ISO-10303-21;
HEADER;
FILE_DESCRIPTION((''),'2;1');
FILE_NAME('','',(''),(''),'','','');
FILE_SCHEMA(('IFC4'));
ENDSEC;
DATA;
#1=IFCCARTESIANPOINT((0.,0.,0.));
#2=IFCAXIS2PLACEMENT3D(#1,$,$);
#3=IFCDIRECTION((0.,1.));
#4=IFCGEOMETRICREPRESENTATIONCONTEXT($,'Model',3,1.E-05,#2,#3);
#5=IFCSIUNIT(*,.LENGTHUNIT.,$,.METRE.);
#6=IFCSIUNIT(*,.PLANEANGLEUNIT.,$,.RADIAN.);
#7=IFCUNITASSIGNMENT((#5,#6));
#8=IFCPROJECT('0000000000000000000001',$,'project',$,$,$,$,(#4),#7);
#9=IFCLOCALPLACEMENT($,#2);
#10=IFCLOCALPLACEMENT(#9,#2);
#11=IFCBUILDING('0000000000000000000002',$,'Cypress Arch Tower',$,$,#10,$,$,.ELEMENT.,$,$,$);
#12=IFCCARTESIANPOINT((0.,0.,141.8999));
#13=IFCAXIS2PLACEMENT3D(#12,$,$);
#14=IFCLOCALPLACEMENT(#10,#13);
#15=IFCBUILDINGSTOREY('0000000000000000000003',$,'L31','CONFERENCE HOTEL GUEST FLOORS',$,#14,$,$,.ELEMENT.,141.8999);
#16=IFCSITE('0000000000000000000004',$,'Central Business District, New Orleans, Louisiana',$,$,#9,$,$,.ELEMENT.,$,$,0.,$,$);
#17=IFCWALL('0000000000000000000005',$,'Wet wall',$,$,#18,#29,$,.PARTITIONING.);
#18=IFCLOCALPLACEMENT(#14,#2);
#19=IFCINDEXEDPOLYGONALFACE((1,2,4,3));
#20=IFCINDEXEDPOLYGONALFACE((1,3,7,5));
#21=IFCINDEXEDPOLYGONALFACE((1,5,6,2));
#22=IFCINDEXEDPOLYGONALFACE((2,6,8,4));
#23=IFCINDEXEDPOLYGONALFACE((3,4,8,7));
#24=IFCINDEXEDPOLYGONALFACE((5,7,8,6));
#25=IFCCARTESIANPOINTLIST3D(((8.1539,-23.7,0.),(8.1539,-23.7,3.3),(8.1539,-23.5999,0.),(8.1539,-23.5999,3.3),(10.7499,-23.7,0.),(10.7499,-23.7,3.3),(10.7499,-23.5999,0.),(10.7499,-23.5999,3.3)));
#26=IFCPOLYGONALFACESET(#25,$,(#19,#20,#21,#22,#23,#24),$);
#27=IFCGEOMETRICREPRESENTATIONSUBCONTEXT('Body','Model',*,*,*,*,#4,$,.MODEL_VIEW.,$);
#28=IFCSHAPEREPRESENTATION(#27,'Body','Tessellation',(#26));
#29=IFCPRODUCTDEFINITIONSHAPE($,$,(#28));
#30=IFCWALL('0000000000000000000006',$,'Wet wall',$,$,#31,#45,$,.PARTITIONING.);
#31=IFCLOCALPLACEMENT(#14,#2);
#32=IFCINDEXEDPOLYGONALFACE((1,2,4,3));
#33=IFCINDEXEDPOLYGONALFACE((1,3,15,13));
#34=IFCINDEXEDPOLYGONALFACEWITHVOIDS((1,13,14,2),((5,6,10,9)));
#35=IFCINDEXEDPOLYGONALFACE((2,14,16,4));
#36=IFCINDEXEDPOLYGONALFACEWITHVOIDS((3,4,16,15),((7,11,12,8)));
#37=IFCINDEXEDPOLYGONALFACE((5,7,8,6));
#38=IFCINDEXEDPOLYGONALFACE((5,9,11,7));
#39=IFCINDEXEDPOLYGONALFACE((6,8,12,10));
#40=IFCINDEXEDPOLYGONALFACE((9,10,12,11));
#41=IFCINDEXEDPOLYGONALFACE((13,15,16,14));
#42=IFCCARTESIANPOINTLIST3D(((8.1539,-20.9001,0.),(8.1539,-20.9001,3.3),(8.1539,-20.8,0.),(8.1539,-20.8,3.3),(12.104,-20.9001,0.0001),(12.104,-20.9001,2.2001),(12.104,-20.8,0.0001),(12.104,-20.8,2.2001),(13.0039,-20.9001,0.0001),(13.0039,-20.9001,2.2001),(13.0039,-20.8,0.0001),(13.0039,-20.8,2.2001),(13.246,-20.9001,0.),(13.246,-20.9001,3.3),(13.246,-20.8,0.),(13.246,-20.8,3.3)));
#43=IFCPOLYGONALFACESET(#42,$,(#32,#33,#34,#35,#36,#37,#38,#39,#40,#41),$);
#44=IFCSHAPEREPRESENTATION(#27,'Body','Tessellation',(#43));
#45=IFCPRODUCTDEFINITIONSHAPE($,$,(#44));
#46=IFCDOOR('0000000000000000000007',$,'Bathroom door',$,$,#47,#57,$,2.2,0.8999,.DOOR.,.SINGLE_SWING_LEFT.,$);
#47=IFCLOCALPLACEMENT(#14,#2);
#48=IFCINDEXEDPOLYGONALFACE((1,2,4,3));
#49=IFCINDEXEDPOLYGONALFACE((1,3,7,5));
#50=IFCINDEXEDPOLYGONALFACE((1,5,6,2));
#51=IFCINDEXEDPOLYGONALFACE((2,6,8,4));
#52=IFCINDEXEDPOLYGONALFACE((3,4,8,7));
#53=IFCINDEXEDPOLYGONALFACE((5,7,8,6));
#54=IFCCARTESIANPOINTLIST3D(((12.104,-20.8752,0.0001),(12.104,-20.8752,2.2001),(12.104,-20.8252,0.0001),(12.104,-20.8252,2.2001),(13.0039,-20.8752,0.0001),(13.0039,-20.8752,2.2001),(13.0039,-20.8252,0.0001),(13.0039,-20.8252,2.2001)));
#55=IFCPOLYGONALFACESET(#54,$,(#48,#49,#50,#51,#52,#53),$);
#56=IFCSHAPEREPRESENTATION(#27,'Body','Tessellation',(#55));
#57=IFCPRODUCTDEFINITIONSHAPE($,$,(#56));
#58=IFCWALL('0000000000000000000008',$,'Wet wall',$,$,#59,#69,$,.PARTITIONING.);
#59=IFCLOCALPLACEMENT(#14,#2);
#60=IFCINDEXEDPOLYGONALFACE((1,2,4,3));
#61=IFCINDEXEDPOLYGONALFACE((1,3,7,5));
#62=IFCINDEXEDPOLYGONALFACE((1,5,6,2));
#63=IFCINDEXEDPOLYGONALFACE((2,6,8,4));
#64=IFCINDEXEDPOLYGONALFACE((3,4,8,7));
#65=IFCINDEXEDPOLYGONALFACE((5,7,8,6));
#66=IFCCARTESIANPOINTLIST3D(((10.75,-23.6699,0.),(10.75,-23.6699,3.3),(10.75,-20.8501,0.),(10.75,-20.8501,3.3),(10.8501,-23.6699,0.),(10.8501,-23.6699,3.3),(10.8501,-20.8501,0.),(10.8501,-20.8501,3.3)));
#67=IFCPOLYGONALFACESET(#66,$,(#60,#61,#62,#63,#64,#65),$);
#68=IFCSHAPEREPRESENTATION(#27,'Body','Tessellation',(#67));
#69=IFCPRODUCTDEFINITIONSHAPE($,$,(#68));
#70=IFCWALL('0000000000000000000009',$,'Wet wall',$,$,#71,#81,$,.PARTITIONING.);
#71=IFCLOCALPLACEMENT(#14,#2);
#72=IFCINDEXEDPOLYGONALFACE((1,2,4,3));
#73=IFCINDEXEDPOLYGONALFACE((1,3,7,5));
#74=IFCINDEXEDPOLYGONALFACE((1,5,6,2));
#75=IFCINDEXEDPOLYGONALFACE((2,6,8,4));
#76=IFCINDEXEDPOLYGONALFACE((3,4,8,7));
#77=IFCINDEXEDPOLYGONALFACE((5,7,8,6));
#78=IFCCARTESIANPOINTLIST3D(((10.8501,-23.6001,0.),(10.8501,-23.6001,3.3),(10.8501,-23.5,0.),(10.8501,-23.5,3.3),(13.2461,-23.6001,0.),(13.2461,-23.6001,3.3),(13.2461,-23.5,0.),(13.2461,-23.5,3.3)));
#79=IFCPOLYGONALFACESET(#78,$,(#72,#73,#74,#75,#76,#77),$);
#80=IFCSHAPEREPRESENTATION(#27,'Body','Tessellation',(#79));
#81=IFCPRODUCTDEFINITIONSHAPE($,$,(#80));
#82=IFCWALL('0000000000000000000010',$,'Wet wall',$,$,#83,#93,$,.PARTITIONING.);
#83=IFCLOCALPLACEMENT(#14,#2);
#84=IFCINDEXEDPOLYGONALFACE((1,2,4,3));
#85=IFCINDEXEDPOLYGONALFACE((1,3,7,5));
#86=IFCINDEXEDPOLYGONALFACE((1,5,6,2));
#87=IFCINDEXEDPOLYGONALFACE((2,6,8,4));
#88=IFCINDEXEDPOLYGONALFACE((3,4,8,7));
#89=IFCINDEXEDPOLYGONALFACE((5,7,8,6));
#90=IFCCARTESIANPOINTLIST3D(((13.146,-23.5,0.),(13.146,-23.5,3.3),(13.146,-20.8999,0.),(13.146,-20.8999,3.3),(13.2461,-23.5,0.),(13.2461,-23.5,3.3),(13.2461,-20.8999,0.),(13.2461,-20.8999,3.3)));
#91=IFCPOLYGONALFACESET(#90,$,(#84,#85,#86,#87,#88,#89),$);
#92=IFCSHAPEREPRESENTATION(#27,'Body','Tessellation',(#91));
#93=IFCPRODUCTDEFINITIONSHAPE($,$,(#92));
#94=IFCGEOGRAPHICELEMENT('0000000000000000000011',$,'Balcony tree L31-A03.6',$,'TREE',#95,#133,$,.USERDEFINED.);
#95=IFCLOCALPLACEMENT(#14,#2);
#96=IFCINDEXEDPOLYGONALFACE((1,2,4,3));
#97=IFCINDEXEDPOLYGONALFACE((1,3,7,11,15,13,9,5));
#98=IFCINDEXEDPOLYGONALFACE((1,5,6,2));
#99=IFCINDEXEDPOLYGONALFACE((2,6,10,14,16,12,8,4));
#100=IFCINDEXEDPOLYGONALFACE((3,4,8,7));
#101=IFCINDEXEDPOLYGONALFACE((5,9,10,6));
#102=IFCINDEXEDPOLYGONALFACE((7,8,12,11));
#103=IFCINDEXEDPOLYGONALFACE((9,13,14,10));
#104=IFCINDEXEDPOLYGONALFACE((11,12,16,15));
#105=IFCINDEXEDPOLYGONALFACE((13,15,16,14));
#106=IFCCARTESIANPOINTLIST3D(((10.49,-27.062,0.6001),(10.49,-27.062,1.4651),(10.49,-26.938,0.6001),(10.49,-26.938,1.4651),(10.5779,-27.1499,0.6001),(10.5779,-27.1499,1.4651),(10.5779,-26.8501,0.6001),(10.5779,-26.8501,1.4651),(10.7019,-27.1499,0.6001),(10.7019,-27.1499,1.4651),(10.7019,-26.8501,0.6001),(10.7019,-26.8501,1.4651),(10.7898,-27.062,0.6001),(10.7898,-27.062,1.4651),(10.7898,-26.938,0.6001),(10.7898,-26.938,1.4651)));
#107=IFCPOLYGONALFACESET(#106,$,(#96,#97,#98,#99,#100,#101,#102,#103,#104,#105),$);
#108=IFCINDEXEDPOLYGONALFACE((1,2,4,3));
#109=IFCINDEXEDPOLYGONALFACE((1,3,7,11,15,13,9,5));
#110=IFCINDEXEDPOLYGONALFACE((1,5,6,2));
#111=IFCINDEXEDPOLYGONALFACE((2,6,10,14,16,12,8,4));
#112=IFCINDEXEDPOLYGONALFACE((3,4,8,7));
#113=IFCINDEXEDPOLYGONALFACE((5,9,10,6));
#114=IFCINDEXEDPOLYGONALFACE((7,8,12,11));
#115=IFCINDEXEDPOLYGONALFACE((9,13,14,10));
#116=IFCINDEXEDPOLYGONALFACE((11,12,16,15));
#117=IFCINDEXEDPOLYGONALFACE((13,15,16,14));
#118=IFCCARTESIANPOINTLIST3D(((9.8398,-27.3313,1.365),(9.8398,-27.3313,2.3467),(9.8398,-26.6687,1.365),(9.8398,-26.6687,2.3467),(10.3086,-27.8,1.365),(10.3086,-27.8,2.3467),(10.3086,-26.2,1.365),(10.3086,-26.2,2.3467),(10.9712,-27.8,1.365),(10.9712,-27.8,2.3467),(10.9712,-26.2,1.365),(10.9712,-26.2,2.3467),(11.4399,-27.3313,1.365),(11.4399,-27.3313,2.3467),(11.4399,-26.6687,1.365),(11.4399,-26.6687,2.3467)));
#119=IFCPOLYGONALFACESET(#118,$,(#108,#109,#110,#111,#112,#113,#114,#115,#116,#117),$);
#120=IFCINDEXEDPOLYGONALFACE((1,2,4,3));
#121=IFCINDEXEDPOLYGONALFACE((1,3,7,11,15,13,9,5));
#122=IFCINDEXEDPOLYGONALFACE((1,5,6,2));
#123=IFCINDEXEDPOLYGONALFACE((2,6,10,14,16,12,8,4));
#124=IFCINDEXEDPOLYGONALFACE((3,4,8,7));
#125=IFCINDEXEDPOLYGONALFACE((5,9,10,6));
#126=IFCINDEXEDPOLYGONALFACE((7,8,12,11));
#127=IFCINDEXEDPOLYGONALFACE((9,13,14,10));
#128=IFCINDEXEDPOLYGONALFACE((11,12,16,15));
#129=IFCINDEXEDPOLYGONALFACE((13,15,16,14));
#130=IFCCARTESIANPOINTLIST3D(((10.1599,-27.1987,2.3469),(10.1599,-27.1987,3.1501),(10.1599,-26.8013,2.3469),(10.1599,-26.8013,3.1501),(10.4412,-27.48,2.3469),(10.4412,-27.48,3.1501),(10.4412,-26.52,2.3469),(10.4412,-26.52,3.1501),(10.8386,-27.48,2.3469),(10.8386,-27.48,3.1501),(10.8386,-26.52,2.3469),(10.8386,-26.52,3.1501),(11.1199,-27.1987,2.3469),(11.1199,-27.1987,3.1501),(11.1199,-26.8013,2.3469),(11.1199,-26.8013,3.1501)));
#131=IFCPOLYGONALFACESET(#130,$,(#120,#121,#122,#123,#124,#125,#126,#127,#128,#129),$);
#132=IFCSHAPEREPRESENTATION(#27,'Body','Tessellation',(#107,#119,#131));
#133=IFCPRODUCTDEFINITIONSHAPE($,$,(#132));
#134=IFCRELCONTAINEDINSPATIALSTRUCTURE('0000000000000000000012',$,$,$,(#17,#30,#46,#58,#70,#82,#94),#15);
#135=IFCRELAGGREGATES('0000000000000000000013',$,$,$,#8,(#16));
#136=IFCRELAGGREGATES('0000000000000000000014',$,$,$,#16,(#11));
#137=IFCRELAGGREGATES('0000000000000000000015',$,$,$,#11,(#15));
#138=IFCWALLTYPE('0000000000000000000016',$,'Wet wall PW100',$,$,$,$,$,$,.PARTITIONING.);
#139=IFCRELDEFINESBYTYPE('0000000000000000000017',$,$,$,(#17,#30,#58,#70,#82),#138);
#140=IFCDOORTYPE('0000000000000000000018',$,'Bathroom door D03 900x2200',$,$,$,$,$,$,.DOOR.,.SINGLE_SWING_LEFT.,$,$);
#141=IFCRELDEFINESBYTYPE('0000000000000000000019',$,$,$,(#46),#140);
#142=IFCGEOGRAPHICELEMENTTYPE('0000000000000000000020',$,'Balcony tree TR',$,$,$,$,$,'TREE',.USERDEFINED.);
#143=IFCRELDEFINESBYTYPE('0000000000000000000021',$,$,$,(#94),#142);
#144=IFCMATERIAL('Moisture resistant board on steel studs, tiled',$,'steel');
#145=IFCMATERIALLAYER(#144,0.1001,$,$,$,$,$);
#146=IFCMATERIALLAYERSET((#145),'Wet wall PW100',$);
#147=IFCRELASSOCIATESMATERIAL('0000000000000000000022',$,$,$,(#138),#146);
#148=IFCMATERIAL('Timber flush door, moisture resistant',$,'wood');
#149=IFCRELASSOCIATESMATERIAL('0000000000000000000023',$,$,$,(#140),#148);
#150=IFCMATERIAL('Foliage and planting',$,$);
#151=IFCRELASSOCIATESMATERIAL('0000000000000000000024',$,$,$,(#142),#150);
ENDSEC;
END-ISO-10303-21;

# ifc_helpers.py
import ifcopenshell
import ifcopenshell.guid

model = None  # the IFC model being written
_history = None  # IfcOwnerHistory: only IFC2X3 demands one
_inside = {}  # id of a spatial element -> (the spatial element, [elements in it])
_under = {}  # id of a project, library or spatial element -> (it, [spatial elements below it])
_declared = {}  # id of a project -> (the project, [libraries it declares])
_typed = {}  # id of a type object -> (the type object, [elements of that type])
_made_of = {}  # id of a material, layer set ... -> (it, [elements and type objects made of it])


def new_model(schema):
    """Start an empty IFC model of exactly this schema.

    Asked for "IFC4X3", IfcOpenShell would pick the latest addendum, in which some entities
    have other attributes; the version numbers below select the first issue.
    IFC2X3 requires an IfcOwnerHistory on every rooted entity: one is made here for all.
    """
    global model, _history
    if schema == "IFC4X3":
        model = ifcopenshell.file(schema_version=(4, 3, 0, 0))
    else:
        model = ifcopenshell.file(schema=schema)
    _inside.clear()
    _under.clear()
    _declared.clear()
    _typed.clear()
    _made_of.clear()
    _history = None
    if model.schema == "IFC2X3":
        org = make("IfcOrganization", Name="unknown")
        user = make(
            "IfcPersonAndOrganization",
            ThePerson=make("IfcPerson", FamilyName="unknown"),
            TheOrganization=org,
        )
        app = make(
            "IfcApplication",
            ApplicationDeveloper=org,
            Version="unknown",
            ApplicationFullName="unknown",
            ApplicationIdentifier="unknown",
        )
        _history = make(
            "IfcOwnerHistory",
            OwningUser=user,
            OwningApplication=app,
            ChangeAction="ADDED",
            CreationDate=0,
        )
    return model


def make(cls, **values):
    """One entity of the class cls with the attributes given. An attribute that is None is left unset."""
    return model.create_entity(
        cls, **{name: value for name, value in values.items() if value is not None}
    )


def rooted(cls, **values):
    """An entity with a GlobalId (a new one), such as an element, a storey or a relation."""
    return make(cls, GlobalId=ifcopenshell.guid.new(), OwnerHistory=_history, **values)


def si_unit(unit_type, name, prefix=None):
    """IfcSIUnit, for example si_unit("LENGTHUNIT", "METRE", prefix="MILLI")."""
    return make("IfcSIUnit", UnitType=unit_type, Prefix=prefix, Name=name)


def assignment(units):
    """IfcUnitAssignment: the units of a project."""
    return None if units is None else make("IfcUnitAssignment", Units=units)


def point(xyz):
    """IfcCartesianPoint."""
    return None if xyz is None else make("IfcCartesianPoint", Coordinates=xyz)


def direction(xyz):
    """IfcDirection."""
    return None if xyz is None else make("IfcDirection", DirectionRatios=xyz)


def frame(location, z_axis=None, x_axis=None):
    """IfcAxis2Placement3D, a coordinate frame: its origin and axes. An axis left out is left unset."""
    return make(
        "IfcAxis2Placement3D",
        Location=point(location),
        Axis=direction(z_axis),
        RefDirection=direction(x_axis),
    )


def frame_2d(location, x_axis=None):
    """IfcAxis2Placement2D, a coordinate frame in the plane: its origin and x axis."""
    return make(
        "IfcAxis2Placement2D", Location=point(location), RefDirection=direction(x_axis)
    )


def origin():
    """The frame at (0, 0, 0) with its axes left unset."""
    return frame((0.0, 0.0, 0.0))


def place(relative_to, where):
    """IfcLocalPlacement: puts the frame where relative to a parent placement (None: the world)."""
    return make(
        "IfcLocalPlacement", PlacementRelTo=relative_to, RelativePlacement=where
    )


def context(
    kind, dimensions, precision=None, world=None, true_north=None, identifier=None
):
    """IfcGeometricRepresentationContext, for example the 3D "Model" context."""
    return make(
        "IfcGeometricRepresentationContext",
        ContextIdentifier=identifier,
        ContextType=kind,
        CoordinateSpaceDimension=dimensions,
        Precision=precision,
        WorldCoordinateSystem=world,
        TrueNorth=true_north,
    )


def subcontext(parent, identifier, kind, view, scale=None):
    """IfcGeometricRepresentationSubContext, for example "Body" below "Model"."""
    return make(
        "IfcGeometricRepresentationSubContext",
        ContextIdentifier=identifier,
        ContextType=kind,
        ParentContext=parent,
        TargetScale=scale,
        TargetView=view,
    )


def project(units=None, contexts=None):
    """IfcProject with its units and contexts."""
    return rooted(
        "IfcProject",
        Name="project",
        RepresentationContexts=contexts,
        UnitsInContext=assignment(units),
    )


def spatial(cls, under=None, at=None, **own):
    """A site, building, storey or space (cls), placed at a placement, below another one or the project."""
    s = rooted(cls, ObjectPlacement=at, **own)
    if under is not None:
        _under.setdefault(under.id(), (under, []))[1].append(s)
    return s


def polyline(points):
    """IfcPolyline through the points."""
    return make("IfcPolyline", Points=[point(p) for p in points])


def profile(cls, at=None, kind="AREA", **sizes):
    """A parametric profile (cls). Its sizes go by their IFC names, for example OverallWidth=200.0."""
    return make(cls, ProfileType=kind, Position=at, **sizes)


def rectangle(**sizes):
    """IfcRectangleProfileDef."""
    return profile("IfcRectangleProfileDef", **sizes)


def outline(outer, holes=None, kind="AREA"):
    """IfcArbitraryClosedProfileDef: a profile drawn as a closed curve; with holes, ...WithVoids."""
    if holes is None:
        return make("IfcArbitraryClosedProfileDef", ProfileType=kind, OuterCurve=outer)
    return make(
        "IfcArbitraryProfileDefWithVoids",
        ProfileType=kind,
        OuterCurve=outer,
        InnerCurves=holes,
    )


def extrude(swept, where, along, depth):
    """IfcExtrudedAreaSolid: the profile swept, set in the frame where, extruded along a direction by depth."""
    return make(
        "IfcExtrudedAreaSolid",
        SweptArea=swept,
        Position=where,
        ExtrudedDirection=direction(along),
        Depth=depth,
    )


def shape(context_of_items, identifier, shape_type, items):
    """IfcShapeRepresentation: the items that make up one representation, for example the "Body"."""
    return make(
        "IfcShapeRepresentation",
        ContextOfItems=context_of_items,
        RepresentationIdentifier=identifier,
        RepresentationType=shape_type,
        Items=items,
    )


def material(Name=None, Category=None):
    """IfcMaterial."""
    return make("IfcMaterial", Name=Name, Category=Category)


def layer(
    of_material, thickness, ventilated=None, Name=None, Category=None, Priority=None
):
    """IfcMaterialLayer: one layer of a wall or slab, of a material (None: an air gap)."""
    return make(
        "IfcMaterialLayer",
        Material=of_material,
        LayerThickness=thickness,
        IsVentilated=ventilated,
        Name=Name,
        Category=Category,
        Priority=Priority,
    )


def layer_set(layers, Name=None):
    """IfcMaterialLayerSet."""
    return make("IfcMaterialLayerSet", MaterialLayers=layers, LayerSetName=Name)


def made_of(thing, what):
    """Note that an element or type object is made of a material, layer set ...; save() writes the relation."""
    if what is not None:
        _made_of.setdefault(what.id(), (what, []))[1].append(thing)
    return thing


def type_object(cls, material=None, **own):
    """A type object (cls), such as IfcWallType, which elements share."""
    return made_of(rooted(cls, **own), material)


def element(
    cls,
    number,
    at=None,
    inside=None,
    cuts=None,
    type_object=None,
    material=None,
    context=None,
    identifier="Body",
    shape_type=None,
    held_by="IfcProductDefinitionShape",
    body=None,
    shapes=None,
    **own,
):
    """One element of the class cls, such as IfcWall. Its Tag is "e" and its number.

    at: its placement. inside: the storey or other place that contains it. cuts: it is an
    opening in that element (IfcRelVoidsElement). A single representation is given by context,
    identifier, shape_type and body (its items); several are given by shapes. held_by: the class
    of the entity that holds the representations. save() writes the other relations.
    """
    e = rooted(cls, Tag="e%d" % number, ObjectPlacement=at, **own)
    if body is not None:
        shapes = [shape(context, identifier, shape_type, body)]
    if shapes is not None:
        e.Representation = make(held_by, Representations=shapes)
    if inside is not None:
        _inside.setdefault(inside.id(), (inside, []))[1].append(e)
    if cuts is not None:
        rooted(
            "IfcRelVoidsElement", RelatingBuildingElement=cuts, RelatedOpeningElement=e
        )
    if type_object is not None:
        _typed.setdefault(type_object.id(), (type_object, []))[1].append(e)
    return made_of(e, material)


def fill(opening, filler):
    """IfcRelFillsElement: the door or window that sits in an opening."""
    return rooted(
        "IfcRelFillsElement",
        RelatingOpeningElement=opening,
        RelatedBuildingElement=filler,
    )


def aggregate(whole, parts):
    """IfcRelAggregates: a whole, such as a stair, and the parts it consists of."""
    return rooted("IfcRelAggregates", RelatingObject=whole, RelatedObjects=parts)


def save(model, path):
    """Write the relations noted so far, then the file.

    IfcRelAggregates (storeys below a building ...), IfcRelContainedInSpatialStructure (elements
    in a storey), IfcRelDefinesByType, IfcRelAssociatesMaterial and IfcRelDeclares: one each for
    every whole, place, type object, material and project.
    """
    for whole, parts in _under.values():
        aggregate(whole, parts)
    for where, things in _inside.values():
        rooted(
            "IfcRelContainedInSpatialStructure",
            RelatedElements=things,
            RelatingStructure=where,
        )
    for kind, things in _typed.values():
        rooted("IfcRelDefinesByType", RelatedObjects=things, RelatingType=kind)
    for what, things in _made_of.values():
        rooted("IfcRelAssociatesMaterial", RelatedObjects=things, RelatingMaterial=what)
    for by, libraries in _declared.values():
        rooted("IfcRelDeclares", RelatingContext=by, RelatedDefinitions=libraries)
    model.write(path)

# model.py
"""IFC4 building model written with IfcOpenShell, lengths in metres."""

from ifc_helpers import new_model, si_unit, direction, frame, frame_2d, origin, place, context, subcontext, project, spatial, polyline, rectangle, outline, extrude, material, layer, layer_set, type_object, element, fill, save


model = new_model("IFC4")

# Units and contexts
model_context = context("Model", 3, precision=1e-05, world=origin(), true_north=direction((0.0, 1.0)))
body_context = subcontext(model_context, "Body", "Model", "MODEL_VIEW")
ifc_project = project(units=[si_unit("LENGTHUNIT", "METRE"), si_unit("PLANEANGLEUNIT", "RADIAN")], contexts=[model_context])

# Site, building, storey
site_placement = place(None, origin())
site = spatial("IfcSite", under=ifc_project, at=site_placement, Name="Central Business District, New Orleans, Louisiana", CompositionType="ELEMENT", RefElevation=0.0)
building_placement = place(site_placement, origin())
building = spatial("IfcBuilding", under=site, at=building_placement, Name="Cypress Arch Tower", CompositionType="ELEMENT")
storey_placement = place(building_placement, frame((0.0, 0.0, 141.8999)))
storey = spatial("IfcBuildingStorey", under=building, at=storey_placement, Name="L31", Description="CONFERENCE HOTEL GUEST FLOORS", CompositionType="ELEMENT", Elevation=141.8999)

# Shared definitions
ifc_material_1 = material(Name="Moisture resistant board on steel studs, tiled", Category="steel")
ifc_layer_1 = layer(ifc_material_1, 0.1001)
ifc_layer_set_1 = layer_set([ifc_layer_1], Name="Wet wall PW100")
wall_type_1 = type_object("IfcWallType", Name="Wet wall PW100", PredefinedType="PARTITIONING", material=ifc_layer_set_1)
ifc_material_2 = material(Name="Timber flush door, moisture resistant", Category="wood")
door_type_1 = type_object("IfcDoorType", Name="Bathroom door D03 900x2200", OperationType="SINGLE_SWING_LEFT", PredefinedType="DOOR", material=ifc_material_2)

# Wall
wall_1_placement = place(storey_placement, frame((8.1541, -23.6499, 0.0), z_axis=(0.0, 0.0, 1.0), x_axis=(1.0, 0.0, 0.0)))
element("IfcWall", 1, at=wall_1_placement, inside=storey, type_object=wall_type_1, Name="Wet wall", PredefinedType="PARTITIONING", context=body_context, shape_type="SweptSolid", body=[
    extrude(rectangle(XDim=2.5959, YDim=0.1001, at=frame_2d((1.2979, 0.0))), origin(), (0.0, 0.0, 1.0), 3.3),
])

# Wall, opening, door
wall_2_placement = place(storey_placement, frame((8.1541, -20.8501, 0.0), z_axis=(0.0, 0.0, 1.0), x_axis=(1.0, 0.0, 0.0)))
wall_2 = element("IfcWall", 2, at=wall_2_placement, inside=storey, type_object=wall_type_1, Name="Wet wall", PredefinedType="PARTITIONING", context=body_context, shape_type="SweptSolid", body=[
    extrude(rectangle(XDim=5.092, YDim=0.1001, at=frame_2d((2.5459, 0.0))), origin(), (0.0, 0.0, 1.0), 3.3),
])
opening_1_placement = place(wall_2_placement, frame((3.95, 0.0, 0.0)))
opening_1 = element("IfcOpeningElement", 3, at=opening_1_placement, cuts=wall_2, PredefinedType="OPENING", context=body_context, shape_type="SweptSolid", body=[
    extrude(rectangle(XDim=0.8999, YDim=2.2, at=frame_2d((0.45, 1.1001))), frame((0.0, 0.0601, 0.0), z_axis=(0.0, -1.0, 0.0), x_axis=(1.0, 0.0, 0.0)), (0.0, 0.0, 1.0), 0.1201),
])
door_1_placement = place(opening_1_placement, origin())
door_1 = element("IfcDoor", 4, at=door_1_placement, inside=storey, type_object=door_type_1, Name="Bathroom door", OperationType="SINGLE_SWING_LEFT", OverallHeight=2.2, OverallWidth=0.8999, PredefinedType="DOOR", context=body_context, shape_type="SweptSolid", body=[
    extrude(rectangle(XDim=0.8999, YDim=2.2, at=frame_2d((0.45, 1.1001))), frame((0.0, 0.0249, 0.0), z_axis=(0.0, -1.0, 0.0), x_axis=(1.0, 0.0, 0.0)), (0.0, 0.0, 1.0), 0.05),
])
fill(opening_1, door_1)

# Walls
wall_3_placement = place(storey_placement, frame((10.8, -23.6699, 0.0), z_axis=(0.0, 0.0, 1.0), x_axis=(0.0, 1.0, 0.0)))
element("IfcWall", 5, at=wall_3_placement, inside=storey, type_object=wall_type_1, Name="Wet wall", PredefinedType="PARTITIONING", context=body_context, shape_type="SweptSolid", body=[
    extrude(rectangle(XDim=2.8198, YDim=0.1001, at=frame_2d((1.4099, 0.0))), origin(), (0.0, 0.0, 1.0), 3.3),
])
wall_4_placement = place(storey_placement, frame((10.8501, -23.55, 0.0), z_axis=(0.0, 0.0, 1.0), x_axis=(1.0, 0.0, 0.0)))
element("IfcWall", 6, at=wall_4_placement, inside=storey, type_object=wall_type_1, Name="Wet wall", PredefinedType="PARTITIONING", context=body_context, shape_type="SweptSolid", body=[
    extrude(rectangle(XDim=2.396, YDim=0.1001, at=frame_2d((1.198, 0.0))), origin(), (0.0, 0.0, 1.0), 3.3),
])
wall_5_placement = place(storey_placement, frame((13.196, -23.5, 0.0), z_axis=(0.0, 0.0, 1.0), x_axis=(0.0, 1.0, 0.0)))
element("IfcWall", 7, at=wall_5_placement, inside=storey, type_object=wall_type_1, Name="Wet wall", PredefinedType="PARTITIONING", context=body_context, shape_type="SweptSolid", body=[
    extrude(rectangle(XDim=2.6001, YDim=0.1001, at=frame_2d((1.3, 0.0))), origin(), (0.0, 0.0, 1.0), 3.3),
])

# Geographic element
ifc_material_3 = material(Name="Foliage and planting")
geographic_element_type = type_object("IfcGeographicElementType", Name="Balcony tree TR", ElementType="TREE", PredefinedType="USERDEFINED", material=ifc_material_3)
geographic_element_placement = place(storey_placement, frame((10.6399, -27.0, 0.6001), z_axis=(0.0, 0.0, 1.0), x_axis=(1.0, 0.0, 0.0)))
element("IfcGeographicElement", 8, at=geographic_element_placement, inside=storey, type_object=geographic_element_type, Name="Balcony tree L31-A03.6", ObjectType="TREE", PredefinedType="USERDEFINED", context=body_context, shape_type="SweptSolid", body=[
    extrude(outline(polyline([(0.1499, 0.062), (0.062, 0.1499), (-0.062, 0.1499), (-0.1499, 0.062), (-0.1499, -0.062), (-0.062, -0.1499), (0.062, -0.1499), (0.1499, -0.062), (0.1499, 0.062)])), origin(), (0.0, 0.0, 1.0), 0.865),
    extrude(outline(polyline([(0.8, 0.3313), (0.3313, 0.8), (-0.3313, 0.8), (-0.8, 0.3313), (-0.8, -0.3313), (-0.3313, -0.8), (0.3313, -0.8), (0.8, -0.3313), (0.8, 0.3313)])), frame((0.0, 0.0, 0.7649)), (0.0, 0.0, 1.0), 0.9817),
    extrude(outline(polyline([(0.48, 0.1987), (0.1987, 0.48), (-0.1987, 0.48), (-0.48, 0.1987), (-0.48, -0.1987), (-0.1987, -0.48), (0.1987, -0.48), (0.48, -0.1987), (0.48, 0.1987)])), frame((0.0, 0.0, 1.7468)), (0.0, 0.0, 1.0), 0.8032),
])

save(model, "model.ifc")
